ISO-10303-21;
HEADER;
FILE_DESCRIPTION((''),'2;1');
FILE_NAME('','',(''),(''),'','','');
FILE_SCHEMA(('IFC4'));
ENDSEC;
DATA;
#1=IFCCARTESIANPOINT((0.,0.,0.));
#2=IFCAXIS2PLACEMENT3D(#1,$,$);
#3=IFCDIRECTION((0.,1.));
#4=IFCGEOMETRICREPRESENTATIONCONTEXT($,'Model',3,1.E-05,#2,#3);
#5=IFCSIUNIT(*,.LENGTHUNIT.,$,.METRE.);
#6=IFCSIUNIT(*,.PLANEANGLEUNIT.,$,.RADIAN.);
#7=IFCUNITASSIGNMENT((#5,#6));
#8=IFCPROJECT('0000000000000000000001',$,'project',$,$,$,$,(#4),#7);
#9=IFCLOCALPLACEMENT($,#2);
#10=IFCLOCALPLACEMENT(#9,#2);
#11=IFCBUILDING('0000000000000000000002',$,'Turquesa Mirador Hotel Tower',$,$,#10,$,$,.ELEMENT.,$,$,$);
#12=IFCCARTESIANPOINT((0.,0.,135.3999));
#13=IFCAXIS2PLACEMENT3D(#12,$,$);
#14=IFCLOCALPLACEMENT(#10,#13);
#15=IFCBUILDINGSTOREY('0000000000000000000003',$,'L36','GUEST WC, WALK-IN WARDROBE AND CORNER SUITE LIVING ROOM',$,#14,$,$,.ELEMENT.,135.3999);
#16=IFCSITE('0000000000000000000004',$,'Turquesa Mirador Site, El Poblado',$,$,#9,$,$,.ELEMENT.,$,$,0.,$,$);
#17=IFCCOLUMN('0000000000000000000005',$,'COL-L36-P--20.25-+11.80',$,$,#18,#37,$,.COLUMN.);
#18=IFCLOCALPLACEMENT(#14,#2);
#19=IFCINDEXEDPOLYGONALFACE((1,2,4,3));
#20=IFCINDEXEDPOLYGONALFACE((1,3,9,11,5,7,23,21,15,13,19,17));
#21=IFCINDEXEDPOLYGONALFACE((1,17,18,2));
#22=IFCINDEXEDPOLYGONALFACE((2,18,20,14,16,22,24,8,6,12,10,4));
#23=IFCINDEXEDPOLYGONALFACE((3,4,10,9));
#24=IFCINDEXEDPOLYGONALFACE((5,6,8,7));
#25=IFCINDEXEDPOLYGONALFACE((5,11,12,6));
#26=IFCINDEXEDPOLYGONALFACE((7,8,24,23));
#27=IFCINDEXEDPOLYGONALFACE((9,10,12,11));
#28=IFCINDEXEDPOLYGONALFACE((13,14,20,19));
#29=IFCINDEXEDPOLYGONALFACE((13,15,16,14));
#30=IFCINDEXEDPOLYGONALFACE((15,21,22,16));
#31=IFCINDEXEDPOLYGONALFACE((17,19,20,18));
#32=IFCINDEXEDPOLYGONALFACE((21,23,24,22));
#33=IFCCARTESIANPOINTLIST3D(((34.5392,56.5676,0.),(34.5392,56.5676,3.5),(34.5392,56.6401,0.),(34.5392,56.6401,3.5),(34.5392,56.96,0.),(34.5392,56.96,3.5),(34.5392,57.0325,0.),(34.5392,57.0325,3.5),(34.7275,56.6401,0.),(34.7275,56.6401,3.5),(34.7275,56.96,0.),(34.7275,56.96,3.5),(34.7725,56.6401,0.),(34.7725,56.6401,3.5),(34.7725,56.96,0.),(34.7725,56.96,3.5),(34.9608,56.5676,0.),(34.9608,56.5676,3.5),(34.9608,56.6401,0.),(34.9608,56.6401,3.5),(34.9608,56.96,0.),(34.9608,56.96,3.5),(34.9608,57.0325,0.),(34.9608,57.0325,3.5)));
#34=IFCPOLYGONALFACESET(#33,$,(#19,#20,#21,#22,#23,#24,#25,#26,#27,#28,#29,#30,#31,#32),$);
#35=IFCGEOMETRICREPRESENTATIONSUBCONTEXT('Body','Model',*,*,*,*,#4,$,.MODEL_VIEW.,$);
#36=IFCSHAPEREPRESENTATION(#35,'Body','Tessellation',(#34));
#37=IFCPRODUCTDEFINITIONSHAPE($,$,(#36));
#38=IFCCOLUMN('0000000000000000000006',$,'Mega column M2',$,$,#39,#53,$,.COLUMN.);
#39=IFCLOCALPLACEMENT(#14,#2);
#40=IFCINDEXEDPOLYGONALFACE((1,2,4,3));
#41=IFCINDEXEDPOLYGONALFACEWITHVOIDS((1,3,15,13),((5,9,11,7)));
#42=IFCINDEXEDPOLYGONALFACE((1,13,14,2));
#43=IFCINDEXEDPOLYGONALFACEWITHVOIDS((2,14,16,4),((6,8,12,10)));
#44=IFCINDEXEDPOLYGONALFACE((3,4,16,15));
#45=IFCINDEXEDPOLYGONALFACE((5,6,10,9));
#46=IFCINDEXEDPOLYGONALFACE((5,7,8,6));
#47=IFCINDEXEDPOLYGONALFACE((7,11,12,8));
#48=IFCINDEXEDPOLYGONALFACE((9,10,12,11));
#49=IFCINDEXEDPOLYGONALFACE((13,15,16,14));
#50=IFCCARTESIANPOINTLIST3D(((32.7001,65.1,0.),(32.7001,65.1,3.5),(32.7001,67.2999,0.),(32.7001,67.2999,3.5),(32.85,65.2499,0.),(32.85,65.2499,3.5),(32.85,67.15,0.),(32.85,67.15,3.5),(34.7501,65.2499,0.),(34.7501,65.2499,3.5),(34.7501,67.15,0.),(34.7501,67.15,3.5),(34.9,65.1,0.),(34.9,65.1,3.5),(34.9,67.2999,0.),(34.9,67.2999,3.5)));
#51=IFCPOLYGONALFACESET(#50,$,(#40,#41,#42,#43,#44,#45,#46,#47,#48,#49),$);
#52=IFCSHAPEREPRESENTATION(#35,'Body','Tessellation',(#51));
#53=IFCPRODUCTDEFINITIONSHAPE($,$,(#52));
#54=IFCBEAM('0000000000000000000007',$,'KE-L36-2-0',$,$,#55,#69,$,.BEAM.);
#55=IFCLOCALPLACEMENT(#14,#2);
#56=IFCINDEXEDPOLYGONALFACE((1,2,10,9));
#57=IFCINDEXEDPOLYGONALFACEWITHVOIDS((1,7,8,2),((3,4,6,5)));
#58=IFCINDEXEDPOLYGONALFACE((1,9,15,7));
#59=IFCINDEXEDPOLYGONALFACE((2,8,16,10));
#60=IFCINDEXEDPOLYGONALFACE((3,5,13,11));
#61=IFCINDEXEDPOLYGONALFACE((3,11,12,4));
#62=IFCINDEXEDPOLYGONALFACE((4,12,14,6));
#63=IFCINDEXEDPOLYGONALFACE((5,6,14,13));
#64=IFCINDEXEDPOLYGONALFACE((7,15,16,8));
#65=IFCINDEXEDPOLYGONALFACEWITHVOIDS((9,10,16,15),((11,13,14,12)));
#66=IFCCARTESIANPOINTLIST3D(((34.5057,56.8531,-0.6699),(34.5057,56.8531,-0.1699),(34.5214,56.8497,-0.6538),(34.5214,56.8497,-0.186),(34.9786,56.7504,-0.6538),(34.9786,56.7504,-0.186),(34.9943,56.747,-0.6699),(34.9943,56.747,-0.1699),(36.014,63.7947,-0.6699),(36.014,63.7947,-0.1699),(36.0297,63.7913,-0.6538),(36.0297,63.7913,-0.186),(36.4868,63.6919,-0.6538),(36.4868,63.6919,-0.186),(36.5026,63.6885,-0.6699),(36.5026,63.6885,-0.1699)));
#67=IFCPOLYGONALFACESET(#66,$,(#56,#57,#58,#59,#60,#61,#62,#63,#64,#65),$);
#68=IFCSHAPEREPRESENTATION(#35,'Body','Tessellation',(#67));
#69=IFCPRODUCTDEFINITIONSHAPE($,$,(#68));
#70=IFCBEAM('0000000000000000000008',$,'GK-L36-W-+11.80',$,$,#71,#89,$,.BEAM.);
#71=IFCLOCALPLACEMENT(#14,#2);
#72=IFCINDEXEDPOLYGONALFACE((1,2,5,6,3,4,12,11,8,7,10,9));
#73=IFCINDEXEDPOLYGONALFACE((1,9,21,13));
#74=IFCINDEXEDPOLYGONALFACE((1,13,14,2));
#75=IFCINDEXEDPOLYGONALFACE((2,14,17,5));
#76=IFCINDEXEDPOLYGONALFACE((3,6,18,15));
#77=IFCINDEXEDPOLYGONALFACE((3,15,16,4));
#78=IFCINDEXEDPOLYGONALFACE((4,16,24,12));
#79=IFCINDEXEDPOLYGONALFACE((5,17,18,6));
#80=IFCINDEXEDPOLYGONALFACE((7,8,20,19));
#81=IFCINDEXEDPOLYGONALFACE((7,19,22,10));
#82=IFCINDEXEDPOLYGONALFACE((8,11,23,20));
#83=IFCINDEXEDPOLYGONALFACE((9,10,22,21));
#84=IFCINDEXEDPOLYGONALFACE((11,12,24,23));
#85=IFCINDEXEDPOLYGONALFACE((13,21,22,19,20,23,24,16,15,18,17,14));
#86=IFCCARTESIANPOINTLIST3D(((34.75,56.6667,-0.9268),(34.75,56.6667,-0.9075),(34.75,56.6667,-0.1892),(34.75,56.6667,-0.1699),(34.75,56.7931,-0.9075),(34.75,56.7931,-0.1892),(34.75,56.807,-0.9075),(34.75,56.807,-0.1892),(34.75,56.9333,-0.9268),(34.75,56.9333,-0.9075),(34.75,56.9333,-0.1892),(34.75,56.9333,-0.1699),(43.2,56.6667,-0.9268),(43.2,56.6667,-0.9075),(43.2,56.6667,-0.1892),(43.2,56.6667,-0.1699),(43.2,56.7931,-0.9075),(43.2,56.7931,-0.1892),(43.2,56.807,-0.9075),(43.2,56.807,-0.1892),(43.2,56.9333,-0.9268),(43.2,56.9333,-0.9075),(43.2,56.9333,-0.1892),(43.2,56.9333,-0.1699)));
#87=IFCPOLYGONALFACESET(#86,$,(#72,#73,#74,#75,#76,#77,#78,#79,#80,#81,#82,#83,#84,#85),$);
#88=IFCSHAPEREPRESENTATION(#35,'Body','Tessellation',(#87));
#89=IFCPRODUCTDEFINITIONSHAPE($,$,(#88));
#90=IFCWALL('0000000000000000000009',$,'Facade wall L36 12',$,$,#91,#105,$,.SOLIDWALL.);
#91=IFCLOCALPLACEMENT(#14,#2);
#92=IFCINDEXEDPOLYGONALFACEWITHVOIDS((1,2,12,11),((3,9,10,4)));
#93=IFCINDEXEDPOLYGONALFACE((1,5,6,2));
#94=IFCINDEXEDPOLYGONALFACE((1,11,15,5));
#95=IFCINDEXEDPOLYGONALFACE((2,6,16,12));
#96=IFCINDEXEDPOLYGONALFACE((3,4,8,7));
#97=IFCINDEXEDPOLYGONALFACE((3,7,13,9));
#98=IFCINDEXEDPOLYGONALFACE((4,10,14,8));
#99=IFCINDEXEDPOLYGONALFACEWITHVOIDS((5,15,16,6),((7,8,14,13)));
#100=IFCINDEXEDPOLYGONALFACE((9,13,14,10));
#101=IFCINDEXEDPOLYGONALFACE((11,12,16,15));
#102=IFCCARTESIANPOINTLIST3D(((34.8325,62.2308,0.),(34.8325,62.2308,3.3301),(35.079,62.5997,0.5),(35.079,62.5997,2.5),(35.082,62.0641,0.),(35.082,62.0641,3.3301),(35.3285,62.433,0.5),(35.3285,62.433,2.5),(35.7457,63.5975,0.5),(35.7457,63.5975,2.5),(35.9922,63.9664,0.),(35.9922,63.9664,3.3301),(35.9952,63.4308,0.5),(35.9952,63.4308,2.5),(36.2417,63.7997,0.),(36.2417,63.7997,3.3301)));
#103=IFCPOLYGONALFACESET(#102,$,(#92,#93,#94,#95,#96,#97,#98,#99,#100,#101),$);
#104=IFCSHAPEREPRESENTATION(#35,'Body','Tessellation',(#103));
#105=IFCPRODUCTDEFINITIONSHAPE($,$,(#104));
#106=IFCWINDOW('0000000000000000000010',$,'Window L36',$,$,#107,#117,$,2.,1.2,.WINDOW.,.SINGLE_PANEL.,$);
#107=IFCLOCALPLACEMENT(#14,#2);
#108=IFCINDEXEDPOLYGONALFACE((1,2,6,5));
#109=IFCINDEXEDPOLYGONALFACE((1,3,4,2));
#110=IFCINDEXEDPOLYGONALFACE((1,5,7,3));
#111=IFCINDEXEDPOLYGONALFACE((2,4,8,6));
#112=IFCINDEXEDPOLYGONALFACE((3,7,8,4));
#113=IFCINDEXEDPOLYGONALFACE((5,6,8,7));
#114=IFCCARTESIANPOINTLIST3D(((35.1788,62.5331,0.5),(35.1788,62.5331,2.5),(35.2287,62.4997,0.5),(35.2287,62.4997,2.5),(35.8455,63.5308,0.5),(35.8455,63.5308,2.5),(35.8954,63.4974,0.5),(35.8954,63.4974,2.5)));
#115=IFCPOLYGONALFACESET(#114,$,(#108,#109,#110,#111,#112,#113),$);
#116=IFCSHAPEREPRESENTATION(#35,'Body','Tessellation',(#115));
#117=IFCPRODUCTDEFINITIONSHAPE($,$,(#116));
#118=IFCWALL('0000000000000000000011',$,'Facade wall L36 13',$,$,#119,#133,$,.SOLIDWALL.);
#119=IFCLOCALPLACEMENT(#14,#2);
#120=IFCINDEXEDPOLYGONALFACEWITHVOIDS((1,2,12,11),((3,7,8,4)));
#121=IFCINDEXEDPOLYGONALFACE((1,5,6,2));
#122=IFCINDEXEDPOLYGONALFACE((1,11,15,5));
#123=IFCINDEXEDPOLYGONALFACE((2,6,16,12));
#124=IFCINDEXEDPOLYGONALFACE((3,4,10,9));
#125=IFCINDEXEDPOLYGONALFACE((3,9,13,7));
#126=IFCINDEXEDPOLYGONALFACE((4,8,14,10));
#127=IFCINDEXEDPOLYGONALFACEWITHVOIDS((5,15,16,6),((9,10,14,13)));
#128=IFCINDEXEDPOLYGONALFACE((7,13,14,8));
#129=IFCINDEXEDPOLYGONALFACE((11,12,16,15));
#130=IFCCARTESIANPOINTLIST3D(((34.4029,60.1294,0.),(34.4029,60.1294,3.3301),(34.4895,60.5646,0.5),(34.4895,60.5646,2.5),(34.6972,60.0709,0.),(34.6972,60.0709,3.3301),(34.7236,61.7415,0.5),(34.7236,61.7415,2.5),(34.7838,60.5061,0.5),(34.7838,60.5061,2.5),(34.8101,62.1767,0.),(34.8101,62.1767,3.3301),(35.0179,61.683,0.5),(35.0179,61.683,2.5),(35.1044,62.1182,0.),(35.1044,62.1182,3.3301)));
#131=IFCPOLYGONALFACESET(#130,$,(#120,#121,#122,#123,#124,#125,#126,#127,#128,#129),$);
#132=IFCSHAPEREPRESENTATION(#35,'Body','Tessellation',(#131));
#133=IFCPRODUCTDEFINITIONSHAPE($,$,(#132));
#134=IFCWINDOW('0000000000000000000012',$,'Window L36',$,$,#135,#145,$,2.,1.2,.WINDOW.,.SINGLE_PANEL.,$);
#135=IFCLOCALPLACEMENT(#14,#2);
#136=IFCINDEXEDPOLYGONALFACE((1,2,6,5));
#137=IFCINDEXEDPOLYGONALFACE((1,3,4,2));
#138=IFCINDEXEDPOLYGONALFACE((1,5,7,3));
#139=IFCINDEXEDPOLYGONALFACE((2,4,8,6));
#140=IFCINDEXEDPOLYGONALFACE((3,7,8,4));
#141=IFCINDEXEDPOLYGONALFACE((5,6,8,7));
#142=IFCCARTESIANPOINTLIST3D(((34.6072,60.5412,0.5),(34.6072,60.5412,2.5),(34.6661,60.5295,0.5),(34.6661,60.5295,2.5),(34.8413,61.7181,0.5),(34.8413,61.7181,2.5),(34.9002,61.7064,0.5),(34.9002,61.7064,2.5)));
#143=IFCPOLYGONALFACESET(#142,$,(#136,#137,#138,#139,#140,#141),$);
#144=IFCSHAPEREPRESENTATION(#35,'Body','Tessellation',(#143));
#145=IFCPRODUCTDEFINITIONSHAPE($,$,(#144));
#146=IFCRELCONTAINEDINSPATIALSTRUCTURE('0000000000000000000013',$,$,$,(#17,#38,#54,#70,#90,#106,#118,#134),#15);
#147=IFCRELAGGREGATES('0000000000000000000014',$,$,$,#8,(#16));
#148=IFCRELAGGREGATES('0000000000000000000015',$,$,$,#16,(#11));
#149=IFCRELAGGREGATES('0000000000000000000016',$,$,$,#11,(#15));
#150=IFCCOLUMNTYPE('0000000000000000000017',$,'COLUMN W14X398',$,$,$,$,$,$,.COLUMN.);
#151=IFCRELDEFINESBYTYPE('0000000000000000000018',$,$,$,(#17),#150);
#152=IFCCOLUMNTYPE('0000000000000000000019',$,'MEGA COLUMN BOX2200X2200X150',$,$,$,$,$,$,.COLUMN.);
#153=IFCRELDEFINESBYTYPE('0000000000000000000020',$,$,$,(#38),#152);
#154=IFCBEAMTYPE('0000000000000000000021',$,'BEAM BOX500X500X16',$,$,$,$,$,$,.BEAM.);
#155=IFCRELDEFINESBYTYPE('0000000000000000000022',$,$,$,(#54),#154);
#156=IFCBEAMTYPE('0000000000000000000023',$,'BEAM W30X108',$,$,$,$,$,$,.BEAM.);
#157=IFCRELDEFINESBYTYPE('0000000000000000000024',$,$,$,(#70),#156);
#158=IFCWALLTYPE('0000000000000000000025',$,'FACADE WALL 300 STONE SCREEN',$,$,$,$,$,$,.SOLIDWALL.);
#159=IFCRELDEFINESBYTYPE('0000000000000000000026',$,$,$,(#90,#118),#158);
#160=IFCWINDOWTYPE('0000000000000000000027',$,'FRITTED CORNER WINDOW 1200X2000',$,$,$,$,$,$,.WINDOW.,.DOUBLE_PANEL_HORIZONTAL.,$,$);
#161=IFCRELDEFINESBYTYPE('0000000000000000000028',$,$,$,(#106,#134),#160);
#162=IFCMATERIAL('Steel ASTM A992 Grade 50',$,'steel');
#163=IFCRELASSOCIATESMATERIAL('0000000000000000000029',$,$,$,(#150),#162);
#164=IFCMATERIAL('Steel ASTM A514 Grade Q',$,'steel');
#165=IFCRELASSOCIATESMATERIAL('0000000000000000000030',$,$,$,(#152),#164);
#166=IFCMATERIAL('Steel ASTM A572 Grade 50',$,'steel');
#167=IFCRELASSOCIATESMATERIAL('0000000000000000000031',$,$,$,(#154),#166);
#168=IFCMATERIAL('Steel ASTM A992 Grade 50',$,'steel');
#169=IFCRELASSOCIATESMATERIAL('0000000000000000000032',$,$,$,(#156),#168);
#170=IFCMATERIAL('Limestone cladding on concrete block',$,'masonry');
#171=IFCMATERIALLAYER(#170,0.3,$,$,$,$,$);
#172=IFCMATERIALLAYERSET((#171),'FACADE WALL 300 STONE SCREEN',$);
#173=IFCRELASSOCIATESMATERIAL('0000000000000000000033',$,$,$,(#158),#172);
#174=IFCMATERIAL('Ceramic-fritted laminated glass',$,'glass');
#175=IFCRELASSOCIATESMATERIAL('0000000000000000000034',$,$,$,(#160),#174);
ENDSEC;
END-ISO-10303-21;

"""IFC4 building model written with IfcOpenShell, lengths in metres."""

from ifc_helpers import new_model, si_unit, direction, frame, frame_2d, origin, origin_2d, place, context, subcontext, project, spatial, rectangle, hollow_rectangle, i_section, extrude, material, layer, layer_set, material_profile, profile_set, type_object, element, fill, save


model = new_model("IFC4")

# Units and contexts
model_context = context("Model", 3, precision=1e-05, world=origin(), true_north=direction((0.0, 1.0)))
body_context = subcontext(model_context, "Body", "Model", "MODEL_VIEW")
ifc_project = project(units=[si_unit("LENGTHUNIT", "METRE"), si_unit("PLANEANGLEUNIT", "RADIAN")], contexts=[model_context])

# Site, building, storey
site_placement = place(None, origin())
site = spatial("IfcSite", under=ifc_project, at=site_placement, Name="Turquesa Mirador Site, El Poblado", CompositionType="ELEMENT", RefElevation=0.0)
building_placement = place(site_placement, origin())
building = spatial("IfcBuilding", under=site, at=building_placement, Name="Turquesa Mirador Hotel Tower", CompositionType="ELEMENT")
storey_placement = place(building_placement, frame((0.0, 0.0, 135.3999)))
storey = spatial("IfcBuildingStorey", under=building, at=storey_placement, Name="L36", Description="GUEST WC, WALK-IN WARDROBE AND CORNER SUITE LIVING ROOM", CompositionType="ELEMENT", Elevation=135.3999)

# Columns
ifc_material_1 = material(Name="Steel ASTM A992 Grade 50", Category="steel")
ifc_material_profile_1 = material_profile(ifc_material_1, i_section(OverallWidth=0.4216, OverallDepth=0.4648, WebThickness=0.0449, FlangeThickness=0.0725, at=origin_2d()), Name="W14X398")
ifc_profile_set_1 = profile_set([ifc_material_profile_1], Name="Steel ASTM A992 Grade 50")
column_type_1 = type_object("IfcColumnType", Name="COLUMN W14X398", PredefinedType="COLUMN", material=ifc_profile_set_1)
column_1_placement = place(storey_placement, frame((34.75, 56.8, 0.0), z_axis=(0.0, 0.0, 1.0), x_axis=(1.0, 0.0, 0.0)))
element("IfcColumn", 1, at=column_1_placement, inside=storey, type_object=column_type_1, Name="COL-L36-P--20.25-+11.80", PredefinedType="COLUMN", context=body_context, shape_type="SweptSolid", body=[
    extrude(i_section(OverallWidth=0.4216, OverallDepth=0.4648, WebThickness=0.0449, FlangeThickness=0.0725, at=origin_2d()), origin(), (0.0, 0.0, 1.0), 3.5),
])
ifc_material_2 = material(Name="Steel ASTM A514 Grade Q", Category="steel")
ifc_material_profile_2 = material_profile(ifc_material_2, hollow_rectangle(XDim=2.2, YDim=2.2, WallThickness=0.1499, at=origin_2d()), Name="BOX2200X2200X150")
ifc_profile_set_2 = profile_set([ifc_material_profile_2], Name="Steel ASTM A514 Grade Q")
column_type_2 = type_object("IfcColumnType", Name="MEGA COLUMN BOX2200X2200X150", PredefinedType="COLUMN", material=ifc_profile_set_2)
column_2_placement = place(storey_placement, frame((33.8, 66.2, 0.0), z_axis=(0.0, 0.0, 1.0), x_axis=(1.0, 0.0, 0.0)))
element("IfcColumn", 2, at=column_2_placement, inside=storey, type_object=column_type_2, Name="Mega column M2", PredefinedType="COLUMN", context=body_context, shape_type="SweptSolid", body=[
    extrude(hollow_rectangle(XDim=2.2, YDim=2.2, WallThickness=0.1499, at=origin_2d()), origin(), (0.0, 0.0, 1.0), 3.5),
])

# Beams
ifc_material_3 = material(Name="Steel ASTM A572 Grade 50", Category="steel")
ifc_material_profile_3 = material_profile(ifc_material_3, hollow_rectangle(XDim=0.5, YDim=0.5, WallThickness=0.0161, at=origin_2d()), Name="BOX500X500X16")
ifc_profile_set_3 = profile_set([ifc_material_profile_3], Name="Steel ASTM A572 Grade 50")
beam_type_1 = type_object("IfcBeamType", Name="BEAM BOX500X500X16", PredefinedType="BEAM", material=ifc_profile_set_3)
beam_1_placement = place(storey_placement, frame((34.75, 56.8, -0.4199), z_axis=(0.212328, 0.977198, 0.0), x_axis=(-0.977198, 0.212328, 0.0)))
element("IfcBeam", 3, at=beam_1_placement, inside=storey, type_object=beam_type_1, Name="KE-L36-2-0", PredefinedType="BEAM", context=body_context, shape_type="SweptSolid", body=[
    extrude(hollow_rectangle(XDim=0.5, YDim=0.5, WallThickness=0.0161, at=origin_2d()), origin(), (0.0, 0.0, 1.0), 7.1035),
])
ifc_material_4 = material(Name="Steel ASTM A992 Grade 50", Category="steel")
ifc_material_profile_4 = material_profile(ifc_material_4, i_section(OverallWidth=0.2666, OverallDepth=0.7568, WebThickness=0.0139, FlangeThickness=0.0193, at=origin_2d()), Name="W30X108")
ifc_profile_set_4 = profile_set([ifc_material_profile_4], Name="Steel ASTM A992 Grade 50")
beam_type_2 = type_object("IfcBeamType", Name="BEAM W30X108", PredefinedType="BEAM", material=ifc_profile_set_4)
beam_2_placement = place(storey_placement, frame((34.75, 56.8, -0.5483), z_axis=(1.0, 0.0, 0.0), x_axis=(0.0, 1.0, 0.0)))
element("IfcBeam", 4, at=beam_2_placement, inside=storey, type_object=beam_type_2, Name="GK-L36-W-+11.80", PredefinedType="BEAM", context=body_context, shape_type="SweptSolid", body=[
    extrude(i_section(OverallWidth=0.2666, OverallDepth=0.7568, WebThickness=0.0139, FlangeThickness=0.0193, at=origin_2d()), origin(), (0.0, 0.0, 1.0), 8.45),
])

# Walls, openings, windows
ifc_material_5 = material(Name="Limestone cladding on concrete block", Category="masonry")
ifc_layer_1 = layer(ifc_material_5, 0.3)
ifc_layer_set_1 = layer_set([ifc_layer_1], Name="FACADE WALL 300 STONE SCREEN")
wall_type_1 = type_object("IfcWallType", Name="FACADE WALL 300 STONE SCREEN", PredefinedType="SOLIDWALL", material=ifc_layer_set_1)
wall_1_placement = place(storey_placement, frame((36.1169, 63.8831, 0.0), z_axis=(0.0, 0.0, 1.0), x_axis=(-0.555564, -0.831474, 0.0)))
wall_1 = element("IfcWall", 5, at=wall_1_placement, inside=storey, type_object=wall_type_1, Name="Facade wall L36 12", PredefinedType="SOLIDWALL", context=body_context, shape_type="SweptSolid", body=[
    extrude(rectangle(XDim=2.0874, YDim=0.3, at=frame_2d((1.0437, 0.0))), origin(), (0.0, 0.0, 1.0), 3.3301),
])
opening_1_placement = place(wall_1_placement, frame((0.4436, 0.0, 0.5)))
opening_1 = element("IfcOpeningElement", 6, at=opening_1_placement, cuts=wall_1, PredefinedType="OPENING", context=body_context, shape_type="SweptSolid", body=[
    extrude(rectangle(XDim=1.2, YDim=2.0, at=frame_2d((0.6001, 1.0))), frame((0.0, 0.1599, 0.0), z_axis=(0.0, -1.0, 0.0), x_axis=(1.0, 0.0, 0.0)), (0.0, 0.0, 1.0), 0.3201),
])
ifc_material_6 = material(Name="Ceramic-fritted laminated glass", Category="glass")
window_type_1 = type_object("IfcWindowType", Name="FRITTED CORNER WINDOW 1200X2000", PartitioningType="DOUBLE_PANEL_HORIZONTAL", PredefinedType="WINDOW", material=ifc_material_6)
window_1_placement = place(opening_1_placement, origin())
window_1 = element("IfcWindow", 7, at=window_1_placement, inside=storey, type_object=window_type_1, Name="Window L36", OverallHeight=2.0, OverallWidth=1.2, PartitioningType="SINGLE_PANEL", PredefinedType="WINDOW", context=body_context, shape_type="SweptSolid", body=[
    extrude(rectangle(XDim=1.2, YDim=2.0, at=frame_2d((0.6001, 1.0))), frame((0.0, 0.03, 0.0), z_axis=(0.0, -1.0, 0.0), x_axis=(1.0, 0.0, 0.0)), (0.0, 0.0, 1.0), 0.0601),
])
fill(opening_1, window_1)
wall_2_placement = place(storey_placement, frame((34.9573, 62.1475, 0.0), z_axis=(0.0, 0.0, 1.0), x_axis=(-0.195081, -0.980787, 0.0)))
wall_2 = element("IfcWall", 8, at=wall_2_placement, inside=storey, type_object=wall_type_1, Name="Facade wall L36 13", PredefinedType="SOLIDWALL", context=body_context, shape_type="SweptSolid", body=[
    extrude(rectangle(XDim=2.0874, YDim=0.3, at=frame_2d((1.0437, 0.0))), origin(), (0.0, 0.0, 1.0), 3.3301),
])
opening_2_placement = place(wall_2_placement, frame((0.4436, 0.0, 0.5)))
opening_2 = element("IfcOpeningElement", 9, at=opening_2_placement, cuts=wall_2, PredefinedType="OPENING", context=body_context, shape_type="SweptSolid", body=[
    extrude(rectangle(XDim=1.2, YDim=2.0, at=frame_2d((0.6001, 1.0))), frame((0.0, 0.1599, 0.0), z_axis=(0.0, -1.0, 0.0), x_axis=(1.0, 0.0, 0.0)), (0.0, 0.0, 1.0), 0.3201),
])
window_2_placement = place(opening_2_placement, origin())
window_2 = element("IfcWindow", 10, at=window_2_placement, inside=storey, type_object=window_type_1, Name="Window L36", OverallHeight=2.0, OverallWidth=1.2, PartitioningType="SINGLE_PANEL", PredefinedType="WINDOW", context=body_context, shape_type="SweptSolid", body=[
    extrude(rectangle(XDim=1.2, YDim=2.0, at=frame_2d((0.6001, 1.0))), frame((0.0, 0.03, 0.0), z_axis=(0.0, -1.0, 0.0), x_axis=(1.0, 0.0, 0.0)), (0.0, 0.0, 1.0), 0.0601),
])
fill(opening_2, window_2)

save(model, "model.ifc")
